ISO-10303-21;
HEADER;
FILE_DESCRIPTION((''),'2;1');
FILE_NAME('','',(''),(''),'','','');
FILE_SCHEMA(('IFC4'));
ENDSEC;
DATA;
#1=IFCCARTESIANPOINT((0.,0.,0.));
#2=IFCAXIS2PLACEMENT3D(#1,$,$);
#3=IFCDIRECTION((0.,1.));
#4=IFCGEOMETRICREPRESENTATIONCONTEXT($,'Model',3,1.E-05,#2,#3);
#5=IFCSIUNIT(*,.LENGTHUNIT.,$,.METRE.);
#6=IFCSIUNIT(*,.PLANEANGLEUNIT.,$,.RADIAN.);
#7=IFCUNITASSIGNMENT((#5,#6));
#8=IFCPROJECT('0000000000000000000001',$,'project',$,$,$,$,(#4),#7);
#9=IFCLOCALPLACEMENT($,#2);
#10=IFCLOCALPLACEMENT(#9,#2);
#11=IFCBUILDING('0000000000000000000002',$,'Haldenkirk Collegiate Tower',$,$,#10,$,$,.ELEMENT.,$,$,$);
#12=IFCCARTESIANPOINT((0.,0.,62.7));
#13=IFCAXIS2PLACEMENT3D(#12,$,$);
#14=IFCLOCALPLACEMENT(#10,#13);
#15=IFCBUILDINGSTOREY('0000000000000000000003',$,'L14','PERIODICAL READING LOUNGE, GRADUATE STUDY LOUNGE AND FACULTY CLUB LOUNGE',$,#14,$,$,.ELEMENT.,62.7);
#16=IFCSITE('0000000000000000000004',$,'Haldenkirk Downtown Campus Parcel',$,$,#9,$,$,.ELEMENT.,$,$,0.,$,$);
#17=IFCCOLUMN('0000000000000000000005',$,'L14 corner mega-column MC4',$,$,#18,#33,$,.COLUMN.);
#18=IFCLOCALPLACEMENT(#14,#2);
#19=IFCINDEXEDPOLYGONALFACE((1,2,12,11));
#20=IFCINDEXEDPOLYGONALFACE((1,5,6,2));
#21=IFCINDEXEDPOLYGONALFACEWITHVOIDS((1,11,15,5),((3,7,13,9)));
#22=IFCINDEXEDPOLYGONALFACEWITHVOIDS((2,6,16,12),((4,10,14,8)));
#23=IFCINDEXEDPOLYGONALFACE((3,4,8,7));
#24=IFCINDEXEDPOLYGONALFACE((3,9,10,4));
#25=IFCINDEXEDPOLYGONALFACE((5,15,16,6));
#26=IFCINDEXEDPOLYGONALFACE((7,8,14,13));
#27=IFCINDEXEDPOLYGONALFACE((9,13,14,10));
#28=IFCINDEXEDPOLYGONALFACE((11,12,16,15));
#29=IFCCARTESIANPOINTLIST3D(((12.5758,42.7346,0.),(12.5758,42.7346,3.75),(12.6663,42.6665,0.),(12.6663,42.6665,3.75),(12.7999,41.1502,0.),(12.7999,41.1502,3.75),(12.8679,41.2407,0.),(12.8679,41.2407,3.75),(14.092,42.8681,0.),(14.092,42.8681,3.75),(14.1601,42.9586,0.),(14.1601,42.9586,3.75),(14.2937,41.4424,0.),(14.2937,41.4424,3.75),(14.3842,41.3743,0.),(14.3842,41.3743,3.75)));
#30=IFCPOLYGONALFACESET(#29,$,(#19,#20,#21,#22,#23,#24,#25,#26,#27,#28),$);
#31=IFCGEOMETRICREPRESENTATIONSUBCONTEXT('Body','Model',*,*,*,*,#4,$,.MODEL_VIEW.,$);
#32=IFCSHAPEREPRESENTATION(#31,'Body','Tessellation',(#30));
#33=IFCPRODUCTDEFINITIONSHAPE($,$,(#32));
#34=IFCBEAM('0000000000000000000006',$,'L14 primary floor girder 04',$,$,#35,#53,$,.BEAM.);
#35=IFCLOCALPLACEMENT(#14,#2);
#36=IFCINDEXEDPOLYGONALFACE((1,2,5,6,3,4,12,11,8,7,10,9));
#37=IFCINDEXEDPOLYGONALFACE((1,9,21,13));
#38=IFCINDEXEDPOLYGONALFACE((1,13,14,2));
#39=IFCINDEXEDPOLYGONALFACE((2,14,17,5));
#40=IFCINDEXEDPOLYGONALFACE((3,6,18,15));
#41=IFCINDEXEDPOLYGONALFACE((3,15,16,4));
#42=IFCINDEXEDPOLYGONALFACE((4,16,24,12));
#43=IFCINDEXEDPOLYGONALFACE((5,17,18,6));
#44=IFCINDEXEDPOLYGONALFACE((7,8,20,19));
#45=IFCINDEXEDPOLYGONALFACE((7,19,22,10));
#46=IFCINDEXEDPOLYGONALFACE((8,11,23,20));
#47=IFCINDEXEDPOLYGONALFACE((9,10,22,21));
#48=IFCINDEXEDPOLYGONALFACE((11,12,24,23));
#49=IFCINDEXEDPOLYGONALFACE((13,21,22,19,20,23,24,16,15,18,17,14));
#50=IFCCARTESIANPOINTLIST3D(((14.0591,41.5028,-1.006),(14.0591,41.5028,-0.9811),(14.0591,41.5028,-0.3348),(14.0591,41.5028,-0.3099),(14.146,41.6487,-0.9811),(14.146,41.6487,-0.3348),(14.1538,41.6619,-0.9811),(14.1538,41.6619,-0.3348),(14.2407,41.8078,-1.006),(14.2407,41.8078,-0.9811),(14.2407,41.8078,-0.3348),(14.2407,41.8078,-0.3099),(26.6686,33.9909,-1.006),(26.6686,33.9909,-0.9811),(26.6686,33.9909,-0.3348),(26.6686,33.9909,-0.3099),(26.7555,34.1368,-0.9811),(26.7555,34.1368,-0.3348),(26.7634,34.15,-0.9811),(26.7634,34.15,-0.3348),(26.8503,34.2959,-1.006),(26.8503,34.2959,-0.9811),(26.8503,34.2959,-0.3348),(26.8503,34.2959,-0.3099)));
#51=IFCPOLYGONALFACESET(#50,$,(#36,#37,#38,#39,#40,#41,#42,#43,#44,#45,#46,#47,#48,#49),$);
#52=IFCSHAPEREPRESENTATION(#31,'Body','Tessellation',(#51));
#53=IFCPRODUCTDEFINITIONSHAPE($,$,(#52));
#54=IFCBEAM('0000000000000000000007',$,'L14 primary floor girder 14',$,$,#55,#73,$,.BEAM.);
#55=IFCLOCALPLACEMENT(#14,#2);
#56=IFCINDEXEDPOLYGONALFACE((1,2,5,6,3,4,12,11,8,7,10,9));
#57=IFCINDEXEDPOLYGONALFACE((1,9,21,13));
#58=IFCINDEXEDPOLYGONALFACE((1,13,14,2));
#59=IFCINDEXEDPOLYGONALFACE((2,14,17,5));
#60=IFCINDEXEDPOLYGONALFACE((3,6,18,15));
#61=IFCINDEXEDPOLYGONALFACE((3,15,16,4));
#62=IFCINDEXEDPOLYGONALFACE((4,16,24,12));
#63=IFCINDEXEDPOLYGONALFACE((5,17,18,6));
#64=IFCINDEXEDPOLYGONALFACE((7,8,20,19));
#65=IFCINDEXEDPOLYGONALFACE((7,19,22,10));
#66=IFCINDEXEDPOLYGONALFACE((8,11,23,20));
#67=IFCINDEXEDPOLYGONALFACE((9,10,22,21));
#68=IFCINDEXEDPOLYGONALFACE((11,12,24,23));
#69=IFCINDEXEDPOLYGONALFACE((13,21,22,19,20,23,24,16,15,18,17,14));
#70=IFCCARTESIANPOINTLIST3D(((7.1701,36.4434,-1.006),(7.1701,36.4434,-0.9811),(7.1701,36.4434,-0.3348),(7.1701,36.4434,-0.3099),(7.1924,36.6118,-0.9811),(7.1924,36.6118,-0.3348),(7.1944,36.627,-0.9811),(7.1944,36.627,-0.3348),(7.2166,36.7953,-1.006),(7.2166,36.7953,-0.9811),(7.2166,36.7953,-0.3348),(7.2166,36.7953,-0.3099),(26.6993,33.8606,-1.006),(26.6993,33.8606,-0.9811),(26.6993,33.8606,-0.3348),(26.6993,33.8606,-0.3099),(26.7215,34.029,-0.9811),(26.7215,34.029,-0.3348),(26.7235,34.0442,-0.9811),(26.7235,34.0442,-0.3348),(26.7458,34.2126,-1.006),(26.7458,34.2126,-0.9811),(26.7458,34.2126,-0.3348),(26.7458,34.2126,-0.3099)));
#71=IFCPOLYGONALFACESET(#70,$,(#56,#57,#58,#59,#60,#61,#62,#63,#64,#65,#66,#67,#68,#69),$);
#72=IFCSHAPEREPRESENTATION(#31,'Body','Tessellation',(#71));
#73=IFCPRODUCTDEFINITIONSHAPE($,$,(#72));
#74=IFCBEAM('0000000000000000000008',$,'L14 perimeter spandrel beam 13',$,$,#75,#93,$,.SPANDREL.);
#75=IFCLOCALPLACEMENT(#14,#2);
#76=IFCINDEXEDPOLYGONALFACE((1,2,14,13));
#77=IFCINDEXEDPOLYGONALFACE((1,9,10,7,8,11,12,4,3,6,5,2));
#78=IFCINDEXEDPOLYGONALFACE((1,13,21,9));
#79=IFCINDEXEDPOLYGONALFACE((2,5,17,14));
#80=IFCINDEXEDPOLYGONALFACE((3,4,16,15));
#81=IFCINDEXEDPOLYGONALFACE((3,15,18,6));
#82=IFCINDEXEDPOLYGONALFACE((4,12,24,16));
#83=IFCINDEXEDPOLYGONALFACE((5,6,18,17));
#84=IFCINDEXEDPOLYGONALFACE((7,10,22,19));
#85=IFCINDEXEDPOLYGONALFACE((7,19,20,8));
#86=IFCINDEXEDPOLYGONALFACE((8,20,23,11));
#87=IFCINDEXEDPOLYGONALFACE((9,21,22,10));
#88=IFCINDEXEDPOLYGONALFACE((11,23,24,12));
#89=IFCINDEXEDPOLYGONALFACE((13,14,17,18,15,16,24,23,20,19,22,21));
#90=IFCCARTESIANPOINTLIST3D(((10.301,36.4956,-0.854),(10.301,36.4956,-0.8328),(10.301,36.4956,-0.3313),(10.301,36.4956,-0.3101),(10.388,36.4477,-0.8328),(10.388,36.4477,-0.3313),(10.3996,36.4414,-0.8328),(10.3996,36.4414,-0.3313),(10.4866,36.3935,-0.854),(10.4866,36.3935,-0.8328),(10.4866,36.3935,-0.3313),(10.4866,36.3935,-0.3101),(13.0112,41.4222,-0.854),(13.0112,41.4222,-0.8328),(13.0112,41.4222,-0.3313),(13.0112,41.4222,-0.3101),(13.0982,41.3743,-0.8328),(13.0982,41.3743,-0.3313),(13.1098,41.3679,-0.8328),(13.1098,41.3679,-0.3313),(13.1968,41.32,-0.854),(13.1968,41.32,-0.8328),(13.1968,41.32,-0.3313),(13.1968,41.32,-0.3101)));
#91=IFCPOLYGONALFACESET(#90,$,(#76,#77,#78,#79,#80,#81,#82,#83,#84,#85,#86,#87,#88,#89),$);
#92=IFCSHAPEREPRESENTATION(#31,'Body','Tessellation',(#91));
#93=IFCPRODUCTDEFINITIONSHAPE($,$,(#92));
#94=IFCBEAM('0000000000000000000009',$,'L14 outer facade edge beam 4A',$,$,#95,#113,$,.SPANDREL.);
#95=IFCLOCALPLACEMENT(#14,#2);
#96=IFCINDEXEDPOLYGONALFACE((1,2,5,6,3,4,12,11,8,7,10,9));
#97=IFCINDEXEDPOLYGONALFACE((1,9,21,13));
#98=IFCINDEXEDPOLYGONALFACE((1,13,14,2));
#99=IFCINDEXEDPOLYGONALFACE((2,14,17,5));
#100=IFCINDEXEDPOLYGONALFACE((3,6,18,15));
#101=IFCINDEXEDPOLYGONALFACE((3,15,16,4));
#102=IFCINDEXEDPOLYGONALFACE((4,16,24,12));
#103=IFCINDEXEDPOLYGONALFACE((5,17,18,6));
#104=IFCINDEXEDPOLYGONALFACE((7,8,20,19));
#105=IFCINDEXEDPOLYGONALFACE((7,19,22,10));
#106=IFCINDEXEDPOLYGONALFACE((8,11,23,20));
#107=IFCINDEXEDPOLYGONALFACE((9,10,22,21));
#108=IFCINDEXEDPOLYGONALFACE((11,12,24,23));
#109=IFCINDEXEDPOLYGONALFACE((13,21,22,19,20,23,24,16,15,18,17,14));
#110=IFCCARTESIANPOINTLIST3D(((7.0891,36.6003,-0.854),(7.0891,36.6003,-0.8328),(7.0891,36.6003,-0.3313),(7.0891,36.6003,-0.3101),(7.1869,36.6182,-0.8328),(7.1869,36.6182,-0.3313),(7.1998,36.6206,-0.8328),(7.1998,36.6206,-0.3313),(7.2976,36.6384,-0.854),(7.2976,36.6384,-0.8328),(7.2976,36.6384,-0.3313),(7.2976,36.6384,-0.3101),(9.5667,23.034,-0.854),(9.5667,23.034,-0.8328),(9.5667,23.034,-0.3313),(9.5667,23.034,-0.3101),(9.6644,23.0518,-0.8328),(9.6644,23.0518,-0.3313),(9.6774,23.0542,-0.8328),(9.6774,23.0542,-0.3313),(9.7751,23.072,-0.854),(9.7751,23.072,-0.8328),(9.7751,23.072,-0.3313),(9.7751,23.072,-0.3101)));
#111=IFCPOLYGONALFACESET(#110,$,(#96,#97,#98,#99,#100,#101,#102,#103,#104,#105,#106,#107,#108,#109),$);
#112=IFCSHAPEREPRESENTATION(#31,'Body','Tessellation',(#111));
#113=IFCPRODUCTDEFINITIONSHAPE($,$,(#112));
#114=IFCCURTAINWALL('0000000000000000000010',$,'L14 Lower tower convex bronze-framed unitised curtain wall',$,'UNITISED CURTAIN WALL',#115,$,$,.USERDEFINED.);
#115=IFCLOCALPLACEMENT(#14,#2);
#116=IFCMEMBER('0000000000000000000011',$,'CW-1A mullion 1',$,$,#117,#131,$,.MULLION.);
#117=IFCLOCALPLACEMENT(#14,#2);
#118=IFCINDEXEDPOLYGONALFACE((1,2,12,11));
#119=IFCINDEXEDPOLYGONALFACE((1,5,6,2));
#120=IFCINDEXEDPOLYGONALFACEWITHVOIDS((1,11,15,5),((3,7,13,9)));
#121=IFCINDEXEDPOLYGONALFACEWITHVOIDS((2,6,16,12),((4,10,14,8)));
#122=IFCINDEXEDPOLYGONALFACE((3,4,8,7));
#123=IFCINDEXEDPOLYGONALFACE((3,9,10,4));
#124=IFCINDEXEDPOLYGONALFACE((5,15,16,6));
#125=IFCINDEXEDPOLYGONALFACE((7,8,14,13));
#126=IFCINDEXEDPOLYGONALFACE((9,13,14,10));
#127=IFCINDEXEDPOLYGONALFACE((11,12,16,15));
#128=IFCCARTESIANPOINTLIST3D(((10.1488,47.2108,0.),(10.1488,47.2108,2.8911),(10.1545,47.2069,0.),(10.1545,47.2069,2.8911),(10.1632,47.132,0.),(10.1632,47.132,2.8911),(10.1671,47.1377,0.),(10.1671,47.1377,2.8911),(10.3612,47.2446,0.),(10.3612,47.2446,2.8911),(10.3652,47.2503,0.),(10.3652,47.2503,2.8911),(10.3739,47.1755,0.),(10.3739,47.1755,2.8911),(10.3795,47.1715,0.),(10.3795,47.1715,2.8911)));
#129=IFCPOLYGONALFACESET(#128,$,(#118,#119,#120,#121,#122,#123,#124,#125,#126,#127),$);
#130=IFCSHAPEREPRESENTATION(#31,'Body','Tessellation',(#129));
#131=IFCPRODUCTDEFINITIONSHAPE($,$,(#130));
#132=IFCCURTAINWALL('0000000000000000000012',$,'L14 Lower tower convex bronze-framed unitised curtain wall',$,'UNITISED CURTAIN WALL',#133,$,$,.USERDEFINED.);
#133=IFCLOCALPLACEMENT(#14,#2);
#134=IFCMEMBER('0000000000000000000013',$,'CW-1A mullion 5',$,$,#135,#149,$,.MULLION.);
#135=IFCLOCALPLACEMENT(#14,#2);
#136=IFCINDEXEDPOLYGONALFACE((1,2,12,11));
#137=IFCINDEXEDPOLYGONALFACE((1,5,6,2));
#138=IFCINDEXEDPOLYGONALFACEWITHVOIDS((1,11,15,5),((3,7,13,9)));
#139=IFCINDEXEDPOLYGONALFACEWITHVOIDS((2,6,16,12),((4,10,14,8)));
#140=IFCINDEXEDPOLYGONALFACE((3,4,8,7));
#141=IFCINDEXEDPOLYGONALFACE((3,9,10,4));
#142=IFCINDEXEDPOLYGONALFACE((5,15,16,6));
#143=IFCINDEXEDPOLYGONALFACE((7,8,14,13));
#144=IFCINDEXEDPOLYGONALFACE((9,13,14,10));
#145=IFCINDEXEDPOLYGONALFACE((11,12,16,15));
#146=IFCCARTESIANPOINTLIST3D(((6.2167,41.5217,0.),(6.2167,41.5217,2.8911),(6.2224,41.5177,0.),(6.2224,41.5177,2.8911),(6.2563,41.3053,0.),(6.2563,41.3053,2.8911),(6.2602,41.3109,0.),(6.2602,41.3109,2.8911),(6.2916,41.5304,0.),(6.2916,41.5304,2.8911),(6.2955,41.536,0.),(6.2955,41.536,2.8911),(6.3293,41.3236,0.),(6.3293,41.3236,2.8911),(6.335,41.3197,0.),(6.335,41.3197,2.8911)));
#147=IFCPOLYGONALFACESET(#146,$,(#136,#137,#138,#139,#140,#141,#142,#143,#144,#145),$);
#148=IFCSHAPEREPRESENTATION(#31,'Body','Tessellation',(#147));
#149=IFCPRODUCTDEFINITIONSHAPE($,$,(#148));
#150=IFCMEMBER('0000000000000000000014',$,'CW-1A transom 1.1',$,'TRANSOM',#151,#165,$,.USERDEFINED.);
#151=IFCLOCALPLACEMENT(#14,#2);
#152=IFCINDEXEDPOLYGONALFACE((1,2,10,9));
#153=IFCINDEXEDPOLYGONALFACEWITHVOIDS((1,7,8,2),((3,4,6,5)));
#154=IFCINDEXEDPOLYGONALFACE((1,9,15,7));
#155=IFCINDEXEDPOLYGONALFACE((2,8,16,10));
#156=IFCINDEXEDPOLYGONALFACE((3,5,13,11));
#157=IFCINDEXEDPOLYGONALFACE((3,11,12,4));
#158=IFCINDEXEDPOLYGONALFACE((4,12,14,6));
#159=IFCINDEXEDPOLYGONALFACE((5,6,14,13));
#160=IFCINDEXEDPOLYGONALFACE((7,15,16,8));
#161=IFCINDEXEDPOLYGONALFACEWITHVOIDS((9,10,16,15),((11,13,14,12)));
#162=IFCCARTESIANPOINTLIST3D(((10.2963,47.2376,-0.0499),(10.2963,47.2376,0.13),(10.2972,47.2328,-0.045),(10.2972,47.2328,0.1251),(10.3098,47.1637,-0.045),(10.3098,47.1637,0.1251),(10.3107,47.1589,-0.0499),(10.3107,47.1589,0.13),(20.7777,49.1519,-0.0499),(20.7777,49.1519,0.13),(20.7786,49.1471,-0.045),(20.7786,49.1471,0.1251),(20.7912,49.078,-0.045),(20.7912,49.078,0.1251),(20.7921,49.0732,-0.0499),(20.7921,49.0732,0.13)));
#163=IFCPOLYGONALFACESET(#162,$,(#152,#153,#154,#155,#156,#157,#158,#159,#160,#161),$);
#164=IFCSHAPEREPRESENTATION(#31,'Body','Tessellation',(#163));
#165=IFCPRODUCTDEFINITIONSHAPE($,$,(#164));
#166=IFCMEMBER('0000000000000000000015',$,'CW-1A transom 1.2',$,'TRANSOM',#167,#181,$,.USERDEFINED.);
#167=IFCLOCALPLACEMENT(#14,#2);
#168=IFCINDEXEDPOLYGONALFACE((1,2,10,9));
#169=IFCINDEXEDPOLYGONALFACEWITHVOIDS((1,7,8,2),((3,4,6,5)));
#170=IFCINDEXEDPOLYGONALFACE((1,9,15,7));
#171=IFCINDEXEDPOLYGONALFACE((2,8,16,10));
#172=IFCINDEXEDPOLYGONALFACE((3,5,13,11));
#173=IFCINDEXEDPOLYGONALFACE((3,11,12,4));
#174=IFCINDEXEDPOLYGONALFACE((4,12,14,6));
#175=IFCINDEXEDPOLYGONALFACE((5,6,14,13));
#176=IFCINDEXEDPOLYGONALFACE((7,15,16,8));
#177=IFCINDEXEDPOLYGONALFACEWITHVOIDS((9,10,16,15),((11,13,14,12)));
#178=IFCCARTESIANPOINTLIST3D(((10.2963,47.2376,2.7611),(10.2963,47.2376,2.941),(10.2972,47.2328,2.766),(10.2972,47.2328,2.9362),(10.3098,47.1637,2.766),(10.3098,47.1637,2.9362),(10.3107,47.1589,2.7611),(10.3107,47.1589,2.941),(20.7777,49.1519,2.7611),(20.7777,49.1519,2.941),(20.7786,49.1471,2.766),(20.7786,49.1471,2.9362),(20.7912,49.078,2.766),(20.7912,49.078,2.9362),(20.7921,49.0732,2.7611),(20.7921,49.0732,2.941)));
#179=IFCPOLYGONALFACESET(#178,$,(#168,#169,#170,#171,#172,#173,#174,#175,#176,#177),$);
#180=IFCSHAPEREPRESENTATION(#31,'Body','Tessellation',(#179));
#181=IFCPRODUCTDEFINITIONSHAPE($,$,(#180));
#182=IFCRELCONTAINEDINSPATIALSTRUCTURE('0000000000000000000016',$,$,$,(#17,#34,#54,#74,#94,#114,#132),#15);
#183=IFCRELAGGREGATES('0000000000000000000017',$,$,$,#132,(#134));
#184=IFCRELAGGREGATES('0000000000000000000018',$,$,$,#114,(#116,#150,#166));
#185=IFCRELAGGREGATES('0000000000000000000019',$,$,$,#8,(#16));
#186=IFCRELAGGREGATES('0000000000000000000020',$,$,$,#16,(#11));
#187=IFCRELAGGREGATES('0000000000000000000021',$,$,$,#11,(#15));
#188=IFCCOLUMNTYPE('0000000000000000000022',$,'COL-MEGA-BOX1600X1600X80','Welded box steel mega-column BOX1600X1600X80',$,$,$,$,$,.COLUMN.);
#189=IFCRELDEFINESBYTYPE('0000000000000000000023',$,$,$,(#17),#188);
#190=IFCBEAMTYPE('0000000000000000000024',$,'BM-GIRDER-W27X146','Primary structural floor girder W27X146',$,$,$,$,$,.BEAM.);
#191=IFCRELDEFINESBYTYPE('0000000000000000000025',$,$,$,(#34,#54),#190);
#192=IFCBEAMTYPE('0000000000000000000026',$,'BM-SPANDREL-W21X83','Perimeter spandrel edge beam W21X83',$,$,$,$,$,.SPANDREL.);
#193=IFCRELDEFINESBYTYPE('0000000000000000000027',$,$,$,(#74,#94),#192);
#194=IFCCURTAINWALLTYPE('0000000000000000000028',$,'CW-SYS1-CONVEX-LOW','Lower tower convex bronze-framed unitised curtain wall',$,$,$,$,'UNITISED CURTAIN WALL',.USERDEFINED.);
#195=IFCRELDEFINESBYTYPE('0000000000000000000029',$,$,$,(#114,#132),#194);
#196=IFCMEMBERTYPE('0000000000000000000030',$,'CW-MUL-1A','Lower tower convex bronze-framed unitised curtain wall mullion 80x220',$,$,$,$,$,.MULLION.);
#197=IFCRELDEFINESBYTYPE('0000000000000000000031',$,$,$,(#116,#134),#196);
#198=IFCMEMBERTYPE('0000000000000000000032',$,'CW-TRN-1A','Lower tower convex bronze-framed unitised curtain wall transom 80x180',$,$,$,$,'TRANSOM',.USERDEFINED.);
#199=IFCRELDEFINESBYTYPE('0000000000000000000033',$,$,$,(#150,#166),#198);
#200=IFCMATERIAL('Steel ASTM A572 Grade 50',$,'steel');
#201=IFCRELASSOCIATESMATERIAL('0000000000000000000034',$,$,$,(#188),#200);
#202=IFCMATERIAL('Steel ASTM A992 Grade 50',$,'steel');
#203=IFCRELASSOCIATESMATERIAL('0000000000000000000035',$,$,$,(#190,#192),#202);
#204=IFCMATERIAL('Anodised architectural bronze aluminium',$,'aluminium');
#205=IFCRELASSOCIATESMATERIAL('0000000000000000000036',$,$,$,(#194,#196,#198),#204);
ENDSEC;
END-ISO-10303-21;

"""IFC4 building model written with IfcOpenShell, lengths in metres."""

from ifc_helpers import new_model, si_unit, direction, frame, origin, origin_2d, place, context, subcontext, project, spatial, hollow_rectangle, i_section, extrude, material, material_profile, profile_set, type_object, element, aggregate, save


model = new_model("IFC4")

# Units and contexts
model_context = context("Model", 3, precision=1e-05, world=origin(), true_north=direction((0.0, 1.0)))
body_context = subcontext(model_context, "Body", "Model", "MODEL_VIEW")
ifc_project = project(units=[si_unit("LENGTHUNIT", "METRE"), si_unit("PLANEANGLEUNIT", "RADIAN")], contexts=[model_context])

# Site, building, storey
site_placement = place(None, origin())
site = spatial("IfcSite", under=ifc_project, at=site_placement, Name="Haldenkirk Downtown Campus Parcel", CompositionType="ELEMENT", RefElevation=0.0)
building_placement = place(site_placement, origin())
building = spatial("IfcBuilding", under=site, at=building_placement, Name="Haldenkirk Collegiate Tower", CompositionType="ELEMENT")
storey_placement = place(building_placement, frame((0.0, 0.0, 62.7)))
storey = spatial("IfcBuildingStorey", under=building, at=storey_placement, Name="L14", Description="PERIODICAL READING LOUNGE, GRADUATE STUDY LOUNGE AND FACULTY CLUB LOUNGE", CompositionType="ELEMENT", Elevation=62.7)

# Column
ifc_material_1 = material(Name="Steel ASTM A572 Grade 50", Category="steel")
ifc_material_profile_1 = material_profile(ifc_material_1, hollow_rectangle(XDim=1.6001, YDim=1.6001, WallThickness=0.0801, at=origin_2d()), Name="BOX1600X1600X80")
ifc_profile_set_1 = profile_set([ifc_material_profile_1], Name="Steel ASTM A572 Grade 50")
column_type = type_object("IfcColumnType", Name="COL-MEGA-BOX1600X1600X80", Description="Welded box steel mega-column BOX1600X1600X80", PredefinedType="COLUMN", material=ifc_profile_set_1)
column_placement = place(storey_placement, frame((13.48, 42.0544, 0.0), z_axis=(0.0, 0.0, 1.0), x_axis=(0.990146, 0.140037, 0.0)))
element("IfcColumn", 1, at=column_placement, inside=storey, type_object=column_type, Name="L14 corner mega-column MC4", PredefinedType="COLUMN", context=body_context, shape_type="SweptSolid", body=[
    extrude(hollow_rectangle(XDim=1.6001, YDim=1.6001, WallThickness=0.0801, at=origin_2d()), origin(), (0.0, 0.0, 1.0), 3.75),
])

# Beams
ifc_material_2 = material(Name="Steel ASTM A992 Grade 50", Category="steel")
ifc_material_profile_2 = material_profile(ifc_material_2, i_section(OverallWidth=0.355, OverallDepth=0.696, WebThickness=0.0154, FlangeThickness=0.0249, at=origin_2d()), Name="W27X146")
ifc_profile_set_2 = profile_set([ifc_material_profile_2], Name="Steel ASTM A992 Grade 50")
beam_type_1 = type_object("IfcBeamType", Name="BM-GIRDER-W27X146", Description="Primary structural floor girder W27X146", PredefinedType="BEAM", material=ifc_profile_set_2)
beam_1_placement = place(storey_placement, frame((14.1499, 41.6553, -0.658), z_axis=(0.859106, -0.511798, 0.0), x_axis=(0.511798, 0.859106, 0.0)))
element("IfcBeam", 2, at=beam_1_placement, inside=storey, type_object=beam_type_1, Name="L14 primary floor girder 04", PredefinedType="BEAM", context=body_context, shape_type="SweptSolid", body=[
    extrude(i_section(OverallWidth=0.355, OverallDepth=0.696, WebThickness=0.0154, FlangeThickness=0.0249, at=origin_2d()), origin(), (0.0, 0.0, 1.0), 14.6775),
])
beam_2_placement = place(storey_placement, frame((7.1934, 36.6194, -0.658), z_axis=(0.991368, -0.131111, 0.0), x_axis=(0.131111, 0.991368, 0.0)))
element("IfcBeam", 3, at=beam_2_placement, inside=storey, type_object=beam_type_1, Name="L14 primary floor girder 14", PredefinedType="BEAM", context=body_context, shape_type="SweptSolid", body=[
    extrude(i_section(OverallWidth=0.355, OverallDepth=0.696, WebThickness=0.0154, FlangeThickness=0.0249, at=origin_2d()), origin(), (0.0, 0.0, 1.0), 19.6992),
])
ifc_material_profile_3 = material_profile(ifc_material_2, i_section(OverallWidth=0.2119, OverallDepth=0.5439, WebThickness=0.0132, FlangeThickness=0.0212, at=origin_2d()), Name="W21X83")
ifc_profile_set_3 = profile_set([ifc_material_profile_3], Name="Steel ASTM A992 Grade 50")
beam_type_2 = type_object("IfcBeamType", Name="BM-SPANDREL-W21X83", Description="Perimeter spandrel edge beam W21X83", PredefinedType="SPANDREL", material=ifc_profile_set_3)
beam_3_placement = place(storey_placement, frame((13.104, 41.3711, -0.582), z_axis=(-0.482004, -0.876169, 0.0), x_axis=(0.876169, -0.482004, 0.0)))
element("IfcBeam", 4, at=beam_3_placement, inside=storey, type_object=beam_type_2, Name="L14 perimeter spandrel beam 13", PredefinedType="SPANDREL", context=body_context, shape_type="SweptSolid", body=[
    extrude(i_section(OverallWidth=0.2119, OverallDepth=0.5439, WebThickness=0.0132, FlangeThickness=0.0212, at=origin_2d()), origin(), (0.0, 0.0, 1.0), 5.6228),
])
beam_4_placement = place(storey_placement, frame((7.1934, 36.6194, -0.582), z_axis=(0.179652, -0.98373, 0.0), x_axis=(0.98373, 0.179652, 0.0)))
element("IfcBeam", 5, at=beam_4_placement, inside=storey, type_object=beam_type_2, Name="L14 outer facade edge beam 4A", PredefinedType="SPANDREL", context=body_context, shape_type="SweptSolid", body=[
    extrude(i_section(OverallWidth=0.2119, OverallDepth=0.5439, WebThickness=0.0132, FlangeThickness=0.0212, at=origin_2d()), origin(), (0.0, 0.0, 1.0), 13.7908),
])

# Curtain walls, members
ifc_material_3 = material(Name="Anodised architectural bronze aluminium", Category="aluminium")
curtain_wall_type = type_object("IfcCurtainWallType", Name="CW-SYS1-CONVEX-LOW", Description="Lower tower convex bronze-framed unitised curtain wall", ElementType="UNITISED CURTAIN WALL", PredefinedType="USERDEFINED", material=ifc_material_3)
curtain_wall_1_placement = place(storey_placement, origin())
curtain_wall_1 = element("IfcCurtainWall", 6, at=curtain_wall_1_placement, inside=storey, type_object=curtain_wall_type, Name="L14 Lower tower convex bronze-framed unitised curtain wall", ObjectType="UNITISED CURTAIN WALL", PredefinedType="USERDEFINED")
ifc_material_profile_4 = material_profile(ifc_material_3, hollow_rectangle(XDim=0.0801, YDim=0.22, WallThickness=0.0049, at=origin_2d()), Name="CW-MUL-1A")
ifc_profile_set_4 = profile_set([ifc_material_profile_4], Name="Anodised architectural bronze aluminium")
member_type_1 = type_object("IfcMemberType", Name="CW-MUL-1A", Description="Lower tower convex bronze-framed unitised curtain wall mullion 80x220", PredefinedType="MULLION", material=ifc_profile_set_4)
member_1_placement = place(storey_placement, frame((10.2642, 47.1912, 0.0), z_axis=(0.0, 0.0, 1.0), x_axis=(-0.179659, 0.983729, 0.0)))
member_1 = element("IfcMember", 7, at=member_1_placement, type_object=member_type_1, Name="CW-1A mullion 1", PredefinedType="MULLION", context=body_context, shape_type="SweptSolid", body=[
    extrude(hollow_rectangle(XDim=0.0801, YDim=0.22, WallThickness=0.0049, at=origin_2d()), origin(), (0.0, 0.0, 1.0), 2.8911),
])
curtain_wall_2_placement = place(storey_placement, origin())
curtain_wall_2 = element("IfcCurtainWall", 8, at=curtain_wall_2_placement, inside=storey, type_object=curtain_wall_type, Name="L14 Lower tower convex bronze-framed unitised curtain wall", ObjectType="UNITISED CURTAIN WALL", PredefinedType="USERDEFINED")
member_2_placement = place(storey_placement, frame((6.2759, 41.4207, 0.0), z_axis=(0.0, 0.0, 1.0), x_axis=(-0.983729, -0.17966, 0.0)))
member_2 = element("IfcMember", 9, at=member_2_placement, type_object=member_type_1, Name="CW-1A mullion 5", PredefinedType="MULLION", context=body_context, shape_type="SweptSolid", body=[
    extrude(hollow_rectangle(XDim=0.0801, YDim=0.22, WallThickness=0.0049, at=origin_2d()), origin(), (0.0, 0.0, 1.0), 2.8911),
])

# Members
ifc_material_profile_5 = material_profile(ifc_material_3, hollow_rectangle(XDim=0.0801, YDim=0.1799, WallThickness=0.0049, at=origin_2d()), Name="CW-TRN-1A")
ifc_profile_set_5 = profile_set([ifc_material_profile_5], Name="Anodised architectural bronze aluminium")
member_type_2 = type_object("IfcMemberType", Name="CW-TRN-1A", Description="Lower tower convex bronze-framed unitised curtain wall transom 80x180", ElementType="TRANSOM", PredefinedType="USERDEFINED", material=ifc_profile_set_5)
member_3_placement = place(storey_placement, frame((10.3035, 47.1982, 0.04), z_axis=(0.983728, 0.179666, 0.0), x_axis=(-0.179666, 0.983728, 0.0)))
member_3 = element("IfcMember", 10, at=member_3_placement, type_object=member_type_2, Name="CW-1A transom 1.1", ObjectType="TRANSOM", PredefinedType="USERDEFINED", context=body_context, shape_type="SweptSolid", body=[
    extrude(hollow_rectangle(XDim=0.0801, YDim=0.1799, WallThickness=0.0049, at=origin_2d()), origin(), (0.0, 0.0, 1.0), 10.6548),
])
member_4_placement = place(storey_placement, frame((10.3035, 47.1982, 2.8511), z_axis=(0.983728, 0.179666, 0.0), x_axis=(-0.179666, 0.983728, 0.0)))
member_4 = element("IfcMember", 11, at=member_4_placement, type_object=member_type_2, Name="CW-1A transom 1.2", ObjectType="TRANSOM", PredefinedType="USERDEFINED", context=body_context, shape_type="SweptSolid", body=[
    extrude(hollow_rectangle(XDim=0.0801, YDim=0.1799, WallThickness=0.0049, at=origin_2d()), origin(), (0.0, 0.0, 1.0), 10.6548),
])

aggregate(curtain_wall_2, [member_2])
aggregate(curtain_wall_1, [member_1, member_3, member_4])

save(model, "model.ifc")
